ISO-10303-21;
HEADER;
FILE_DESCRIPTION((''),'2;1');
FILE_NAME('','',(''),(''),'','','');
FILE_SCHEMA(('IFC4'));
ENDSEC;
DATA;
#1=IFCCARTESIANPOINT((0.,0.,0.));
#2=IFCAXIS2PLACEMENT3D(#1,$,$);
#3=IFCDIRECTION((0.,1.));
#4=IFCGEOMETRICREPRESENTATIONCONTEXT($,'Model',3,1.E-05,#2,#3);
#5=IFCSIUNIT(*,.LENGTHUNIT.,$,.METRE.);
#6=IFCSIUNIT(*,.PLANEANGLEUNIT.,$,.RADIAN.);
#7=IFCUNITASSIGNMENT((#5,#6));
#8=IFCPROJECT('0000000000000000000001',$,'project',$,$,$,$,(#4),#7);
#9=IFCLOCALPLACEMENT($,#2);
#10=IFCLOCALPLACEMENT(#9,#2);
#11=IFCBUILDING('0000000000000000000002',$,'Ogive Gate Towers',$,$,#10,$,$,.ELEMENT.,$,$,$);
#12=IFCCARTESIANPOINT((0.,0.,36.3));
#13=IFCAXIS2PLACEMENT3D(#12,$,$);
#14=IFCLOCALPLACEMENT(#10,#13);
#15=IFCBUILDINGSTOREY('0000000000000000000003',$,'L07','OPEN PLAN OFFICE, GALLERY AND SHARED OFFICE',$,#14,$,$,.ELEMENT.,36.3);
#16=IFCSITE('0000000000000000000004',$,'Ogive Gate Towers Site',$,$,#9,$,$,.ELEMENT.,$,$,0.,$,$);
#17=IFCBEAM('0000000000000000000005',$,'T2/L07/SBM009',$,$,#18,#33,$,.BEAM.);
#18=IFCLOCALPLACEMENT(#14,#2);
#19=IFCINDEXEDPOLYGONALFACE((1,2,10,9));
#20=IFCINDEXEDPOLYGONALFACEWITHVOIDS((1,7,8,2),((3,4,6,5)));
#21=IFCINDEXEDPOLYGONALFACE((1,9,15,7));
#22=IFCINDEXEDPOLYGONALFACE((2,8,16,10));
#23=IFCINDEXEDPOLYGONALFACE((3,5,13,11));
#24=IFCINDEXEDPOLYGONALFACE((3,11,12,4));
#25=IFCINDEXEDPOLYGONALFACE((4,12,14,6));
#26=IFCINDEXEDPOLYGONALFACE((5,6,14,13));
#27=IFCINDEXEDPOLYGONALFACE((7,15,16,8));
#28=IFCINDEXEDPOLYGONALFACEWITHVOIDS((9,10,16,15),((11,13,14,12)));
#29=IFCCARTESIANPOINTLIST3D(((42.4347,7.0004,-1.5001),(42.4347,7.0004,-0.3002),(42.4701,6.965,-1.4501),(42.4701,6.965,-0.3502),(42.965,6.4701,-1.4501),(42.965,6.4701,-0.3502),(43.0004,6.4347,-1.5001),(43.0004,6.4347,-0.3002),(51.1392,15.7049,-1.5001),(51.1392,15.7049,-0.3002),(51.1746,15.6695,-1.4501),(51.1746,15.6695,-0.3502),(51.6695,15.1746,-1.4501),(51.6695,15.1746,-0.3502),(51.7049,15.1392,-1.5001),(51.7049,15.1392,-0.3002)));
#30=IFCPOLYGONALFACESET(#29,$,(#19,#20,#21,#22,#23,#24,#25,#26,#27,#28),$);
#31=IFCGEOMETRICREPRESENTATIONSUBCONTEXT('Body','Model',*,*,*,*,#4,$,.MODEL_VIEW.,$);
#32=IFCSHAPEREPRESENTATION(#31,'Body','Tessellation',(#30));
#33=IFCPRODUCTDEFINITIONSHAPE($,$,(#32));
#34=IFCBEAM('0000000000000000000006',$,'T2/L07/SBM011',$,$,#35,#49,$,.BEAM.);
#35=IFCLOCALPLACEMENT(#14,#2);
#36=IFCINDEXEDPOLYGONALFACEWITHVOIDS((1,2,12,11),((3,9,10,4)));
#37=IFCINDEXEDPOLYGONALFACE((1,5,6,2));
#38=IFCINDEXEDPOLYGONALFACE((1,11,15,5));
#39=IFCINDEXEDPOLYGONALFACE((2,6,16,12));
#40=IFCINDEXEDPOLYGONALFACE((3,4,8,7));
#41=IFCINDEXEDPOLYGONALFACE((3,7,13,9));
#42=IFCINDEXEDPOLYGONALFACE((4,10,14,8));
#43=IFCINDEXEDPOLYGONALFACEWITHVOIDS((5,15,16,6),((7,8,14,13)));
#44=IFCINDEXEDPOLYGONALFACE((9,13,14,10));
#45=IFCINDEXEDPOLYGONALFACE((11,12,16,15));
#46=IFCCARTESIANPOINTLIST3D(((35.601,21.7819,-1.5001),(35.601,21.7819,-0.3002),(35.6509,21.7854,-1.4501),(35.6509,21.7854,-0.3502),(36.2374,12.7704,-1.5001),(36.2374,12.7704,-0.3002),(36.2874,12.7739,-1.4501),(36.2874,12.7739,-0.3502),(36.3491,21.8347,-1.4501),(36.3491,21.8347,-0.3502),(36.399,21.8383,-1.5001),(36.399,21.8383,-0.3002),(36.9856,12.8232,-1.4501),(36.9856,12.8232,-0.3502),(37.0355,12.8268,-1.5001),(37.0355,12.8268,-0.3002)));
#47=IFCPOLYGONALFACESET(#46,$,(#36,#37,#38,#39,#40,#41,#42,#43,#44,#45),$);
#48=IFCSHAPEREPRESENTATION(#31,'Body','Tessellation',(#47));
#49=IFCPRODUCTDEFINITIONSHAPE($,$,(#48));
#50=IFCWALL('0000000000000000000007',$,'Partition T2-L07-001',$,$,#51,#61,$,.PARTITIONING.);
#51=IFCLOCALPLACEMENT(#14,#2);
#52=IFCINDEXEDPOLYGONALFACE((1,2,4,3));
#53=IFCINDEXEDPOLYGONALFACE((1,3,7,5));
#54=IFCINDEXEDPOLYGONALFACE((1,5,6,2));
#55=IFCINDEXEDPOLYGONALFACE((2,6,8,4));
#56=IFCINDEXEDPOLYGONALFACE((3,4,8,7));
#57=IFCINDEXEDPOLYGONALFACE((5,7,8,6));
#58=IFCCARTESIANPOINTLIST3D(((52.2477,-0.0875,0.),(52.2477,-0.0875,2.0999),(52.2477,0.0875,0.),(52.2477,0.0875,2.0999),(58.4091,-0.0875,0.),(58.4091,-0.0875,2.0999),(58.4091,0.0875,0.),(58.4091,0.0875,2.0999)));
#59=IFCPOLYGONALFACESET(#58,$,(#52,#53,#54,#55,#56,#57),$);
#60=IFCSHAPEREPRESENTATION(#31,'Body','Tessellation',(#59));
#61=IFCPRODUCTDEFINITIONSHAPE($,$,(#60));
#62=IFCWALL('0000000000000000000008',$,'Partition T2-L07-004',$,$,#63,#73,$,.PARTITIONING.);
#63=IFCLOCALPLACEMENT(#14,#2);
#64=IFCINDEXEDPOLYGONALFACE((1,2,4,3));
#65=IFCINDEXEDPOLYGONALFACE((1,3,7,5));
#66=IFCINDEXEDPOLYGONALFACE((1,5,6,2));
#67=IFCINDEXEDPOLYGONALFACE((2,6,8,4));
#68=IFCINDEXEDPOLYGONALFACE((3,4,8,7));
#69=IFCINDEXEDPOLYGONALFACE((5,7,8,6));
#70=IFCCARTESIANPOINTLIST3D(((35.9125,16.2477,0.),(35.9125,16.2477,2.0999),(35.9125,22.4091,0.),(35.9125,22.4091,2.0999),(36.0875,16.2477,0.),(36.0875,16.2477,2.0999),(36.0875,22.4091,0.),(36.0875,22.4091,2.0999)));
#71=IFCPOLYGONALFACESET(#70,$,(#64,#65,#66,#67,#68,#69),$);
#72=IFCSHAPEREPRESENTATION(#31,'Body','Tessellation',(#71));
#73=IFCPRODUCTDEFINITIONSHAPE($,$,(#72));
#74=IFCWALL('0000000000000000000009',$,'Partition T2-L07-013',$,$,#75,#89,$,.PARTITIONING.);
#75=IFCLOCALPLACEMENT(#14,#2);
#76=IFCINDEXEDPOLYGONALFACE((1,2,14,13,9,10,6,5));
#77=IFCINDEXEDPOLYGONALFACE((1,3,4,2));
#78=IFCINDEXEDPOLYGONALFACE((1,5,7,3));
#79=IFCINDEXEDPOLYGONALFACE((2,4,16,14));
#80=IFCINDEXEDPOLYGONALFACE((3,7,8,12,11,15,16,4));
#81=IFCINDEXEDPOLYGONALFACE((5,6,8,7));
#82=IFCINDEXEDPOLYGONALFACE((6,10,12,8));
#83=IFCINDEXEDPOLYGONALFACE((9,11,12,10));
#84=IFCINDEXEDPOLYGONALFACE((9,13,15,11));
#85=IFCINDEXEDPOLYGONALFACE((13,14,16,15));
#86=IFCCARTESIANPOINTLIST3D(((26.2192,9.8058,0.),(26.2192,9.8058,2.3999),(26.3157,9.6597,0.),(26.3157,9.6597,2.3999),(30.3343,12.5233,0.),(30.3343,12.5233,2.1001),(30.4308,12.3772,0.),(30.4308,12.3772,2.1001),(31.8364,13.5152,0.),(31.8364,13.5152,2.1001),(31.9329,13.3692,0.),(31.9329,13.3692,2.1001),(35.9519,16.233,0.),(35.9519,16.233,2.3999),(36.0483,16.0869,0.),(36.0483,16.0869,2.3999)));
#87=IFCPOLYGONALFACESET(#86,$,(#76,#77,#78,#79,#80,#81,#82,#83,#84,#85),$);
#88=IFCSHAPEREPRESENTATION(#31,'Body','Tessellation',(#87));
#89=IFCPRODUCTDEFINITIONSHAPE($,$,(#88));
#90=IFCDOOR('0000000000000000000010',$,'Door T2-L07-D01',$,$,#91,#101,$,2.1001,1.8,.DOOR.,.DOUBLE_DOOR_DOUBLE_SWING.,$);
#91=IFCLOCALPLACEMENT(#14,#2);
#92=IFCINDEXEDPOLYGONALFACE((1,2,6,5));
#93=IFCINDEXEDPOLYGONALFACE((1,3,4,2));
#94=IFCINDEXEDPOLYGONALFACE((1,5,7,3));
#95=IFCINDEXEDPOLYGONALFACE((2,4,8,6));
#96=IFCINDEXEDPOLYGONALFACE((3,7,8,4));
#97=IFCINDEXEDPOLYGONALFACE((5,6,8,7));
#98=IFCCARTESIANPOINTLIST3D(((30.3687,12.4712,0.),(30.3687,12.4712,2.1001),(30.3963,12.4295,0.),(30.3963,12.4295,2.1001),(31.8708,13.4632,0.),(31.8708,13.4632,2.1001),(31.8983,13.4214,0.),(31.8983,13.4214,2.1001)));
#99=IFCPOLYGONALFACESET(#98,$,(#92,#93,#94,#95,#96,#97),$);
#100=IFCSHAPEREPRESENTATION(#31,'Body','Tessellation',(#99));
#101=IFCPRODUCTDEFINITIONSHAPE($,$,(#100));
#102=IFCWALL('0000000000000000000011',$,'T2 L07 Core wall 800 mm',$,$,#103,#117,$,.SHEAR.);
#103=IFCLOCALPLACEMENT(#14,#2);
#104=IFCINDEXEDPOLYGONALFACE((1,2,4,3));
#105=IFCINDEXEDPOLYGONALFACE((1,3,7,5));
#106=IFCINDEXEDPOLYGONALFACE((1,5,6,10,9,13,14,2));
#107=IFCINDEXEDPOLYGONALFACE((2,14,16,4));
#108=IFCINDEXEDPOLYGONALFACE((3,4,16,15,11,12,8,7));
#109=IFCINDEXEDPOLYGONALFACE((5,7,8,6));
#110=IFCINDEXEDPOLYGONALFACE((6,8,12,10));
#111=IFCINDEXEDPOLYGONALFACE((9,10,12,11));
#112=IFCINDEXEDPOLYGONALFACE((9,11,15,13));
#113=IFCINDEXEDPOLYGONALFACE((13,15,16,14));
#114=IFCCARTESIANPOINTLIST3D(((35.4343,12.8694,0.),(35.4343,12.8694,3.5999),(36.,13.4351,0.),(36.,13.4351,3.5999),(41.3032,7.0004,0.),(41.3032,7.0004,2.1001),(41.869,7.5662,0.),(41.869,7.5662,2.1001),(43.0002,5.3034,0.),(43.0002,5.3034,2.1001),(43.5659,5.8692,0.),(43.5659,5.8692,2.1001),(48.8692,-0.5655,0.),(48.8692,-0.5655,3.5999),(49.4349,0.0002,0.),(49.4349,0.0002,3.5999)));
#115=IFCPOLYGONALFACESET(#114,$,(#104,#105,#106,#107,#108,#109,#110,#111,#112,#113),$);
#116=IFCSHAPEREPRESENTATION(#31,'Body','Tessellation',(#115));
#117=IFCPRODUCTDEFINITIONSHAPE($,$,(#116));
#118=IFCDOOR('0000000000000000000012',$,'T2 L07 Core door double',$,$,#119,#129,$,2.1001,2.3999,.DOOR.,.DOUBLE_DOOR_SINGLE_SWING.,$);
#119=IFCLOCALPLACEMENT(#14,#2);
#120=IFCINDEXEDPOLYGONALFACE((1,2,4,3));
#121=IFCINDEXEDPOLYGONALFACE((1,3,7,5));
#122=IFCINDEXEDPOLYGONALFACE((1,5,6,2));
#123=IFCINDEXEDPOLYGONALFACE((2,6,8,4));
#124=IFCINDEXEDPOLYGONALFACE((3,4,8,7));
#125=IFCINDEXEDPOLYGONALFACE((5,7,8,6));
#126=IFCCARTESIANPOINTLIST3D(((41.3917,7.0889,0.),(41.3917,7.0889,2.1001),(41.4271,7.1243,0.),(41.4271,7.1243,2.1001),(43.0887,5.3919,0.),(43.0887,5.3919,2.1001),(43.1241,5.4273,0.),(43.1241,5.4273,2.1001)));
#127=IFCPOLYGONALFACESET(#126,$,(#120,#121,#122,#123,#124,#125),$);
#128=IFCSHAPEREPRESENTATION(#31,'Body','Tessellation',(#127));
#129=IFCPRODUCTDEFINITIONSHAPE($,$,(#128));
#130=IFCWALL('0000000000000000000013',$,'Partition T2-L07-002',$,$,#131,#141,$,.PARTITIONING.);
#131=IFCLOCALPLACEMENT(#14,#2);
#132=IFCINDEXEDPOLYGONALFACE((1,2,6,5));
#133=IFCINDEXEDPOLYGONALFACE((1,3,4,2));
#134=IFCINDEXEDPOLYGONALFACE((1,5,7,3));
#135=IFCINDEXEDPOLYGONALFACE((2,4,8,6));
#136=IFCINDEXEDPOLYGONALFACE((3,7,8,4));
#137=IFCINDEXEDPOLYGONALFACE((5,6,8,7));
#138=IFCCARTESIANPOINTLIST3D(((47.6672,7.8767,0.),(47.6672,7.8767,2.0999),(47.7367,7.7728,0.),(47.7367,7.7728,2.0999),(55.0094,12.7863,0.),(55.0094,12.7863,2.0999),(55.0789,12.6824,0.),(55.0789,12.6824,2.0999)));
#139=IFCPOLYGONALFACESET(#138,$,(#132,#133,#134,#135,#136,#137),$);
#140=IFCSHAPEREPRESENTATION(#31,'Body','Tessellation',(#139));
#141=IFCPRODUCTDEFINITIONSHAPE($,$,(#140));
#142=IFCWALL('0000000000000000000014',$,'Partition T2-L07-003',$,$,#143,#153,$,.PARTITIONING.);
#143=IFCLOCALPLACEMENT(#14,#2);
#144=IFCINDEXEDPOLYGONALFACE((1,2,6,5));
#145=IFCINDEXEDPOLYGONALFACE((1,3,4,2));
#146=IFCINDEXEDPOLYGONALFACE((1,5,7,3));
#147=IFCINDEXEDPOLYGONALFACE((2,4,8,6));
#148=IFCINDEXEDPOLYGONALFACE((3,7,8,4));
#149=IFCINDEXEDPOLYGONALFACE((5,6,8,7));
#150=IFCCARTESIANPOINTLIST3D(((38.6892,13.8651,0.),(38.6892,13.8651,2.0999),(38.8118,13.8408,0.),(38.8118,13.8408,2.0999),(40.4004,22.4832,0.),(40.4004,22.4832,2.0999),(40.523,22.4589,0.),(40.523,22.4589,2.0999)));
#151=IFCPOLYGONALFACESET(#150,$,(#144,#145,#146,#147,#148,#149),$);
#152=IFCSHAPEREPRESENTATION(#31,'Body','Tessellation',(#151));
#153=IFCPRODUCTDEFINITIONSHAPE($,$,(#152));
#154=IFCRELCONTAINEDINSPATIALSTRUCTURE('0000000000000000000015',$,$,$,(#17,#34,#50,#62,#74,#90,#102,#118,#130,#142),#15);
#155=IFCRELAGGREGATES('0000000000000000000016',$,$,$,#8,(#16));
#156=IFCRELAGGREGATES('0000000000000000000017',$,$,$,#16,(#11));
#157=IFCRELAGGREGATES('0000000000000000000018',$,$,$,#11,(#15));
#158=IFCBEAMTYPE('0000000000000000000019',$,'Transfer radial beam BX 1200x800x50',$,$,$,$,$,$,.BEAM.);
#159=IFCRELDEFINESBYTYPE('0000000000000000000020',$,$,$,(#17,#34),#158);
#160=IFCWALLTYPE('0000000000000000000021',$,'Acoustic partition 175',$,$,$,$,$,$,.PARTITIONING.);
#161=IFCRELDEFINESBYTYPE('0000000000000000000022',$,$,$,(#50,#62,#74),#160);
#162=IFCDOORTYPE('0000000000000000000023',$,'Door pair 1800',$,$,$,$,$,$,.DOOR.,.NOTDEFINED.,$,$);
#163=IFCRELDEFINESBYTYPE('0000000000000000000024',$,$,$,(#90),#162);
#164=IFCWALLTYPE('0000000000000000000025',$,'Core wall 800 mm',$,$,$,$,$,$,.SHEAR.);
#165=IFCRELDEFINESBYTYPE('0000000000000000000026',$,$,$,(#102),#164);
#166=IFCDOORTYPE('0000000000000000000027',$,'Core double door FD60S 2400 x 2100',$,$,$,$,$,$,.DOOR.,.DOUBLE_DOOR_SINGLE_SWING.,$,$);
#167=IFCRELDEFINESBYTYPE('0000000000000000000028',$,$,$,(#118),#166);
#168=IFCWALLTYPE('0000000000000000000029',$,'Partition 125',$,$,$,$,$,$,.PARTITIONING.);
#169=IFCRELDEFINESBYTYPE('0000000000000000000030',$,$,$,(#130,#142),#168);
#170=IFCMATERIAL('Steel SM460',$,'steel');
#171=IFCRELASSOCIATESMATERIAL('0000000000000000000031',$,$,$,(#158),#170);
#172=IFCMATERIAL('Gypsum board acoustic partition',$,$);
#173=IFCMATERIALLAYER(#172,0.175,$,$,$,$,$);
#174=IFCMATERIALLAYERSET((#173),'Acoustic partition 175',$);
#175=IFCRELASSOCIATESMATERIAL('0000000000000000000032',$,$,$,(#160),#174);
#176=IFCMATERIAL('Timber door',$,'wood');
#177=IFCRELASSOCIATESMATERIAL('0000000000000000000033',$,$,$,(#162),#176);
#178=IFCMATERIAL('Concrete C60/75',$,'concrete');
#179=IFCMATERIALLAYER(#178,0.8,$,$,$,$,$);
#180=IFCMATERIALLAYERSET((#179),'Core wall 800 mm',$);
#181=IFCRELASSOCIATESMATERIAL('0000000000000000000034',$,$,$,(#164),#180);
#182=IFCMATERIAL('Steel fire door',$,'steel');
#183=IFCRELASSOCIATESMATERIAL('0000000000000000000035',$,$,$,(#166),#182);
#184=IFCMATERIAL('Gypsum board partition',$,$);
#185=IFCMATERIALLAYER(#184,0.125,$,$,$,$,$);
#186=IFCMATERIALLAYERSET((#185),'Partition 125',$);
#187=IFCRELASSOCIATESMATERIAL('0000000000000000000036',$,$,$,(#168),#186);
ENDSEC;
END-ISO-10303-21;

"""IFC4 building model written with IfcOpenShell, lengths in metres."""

from ifc_helpers import new_model, si_unit, direction, frame, frame_2d, origin, origin_2d, place, context, subcontext, project, spatial, rectangle, hollow_rectangle, extrude, material, layer, layer_set, material_profile, profile_set, type_object, element, fill, save


model = new_model("IFC4")

# Units and contexts
model_context = context("Model", 3, precision=1e-05, world=origin(), true_north=direction((0.0, 1.0)))
body_context = subcontext(model_context, "Body", "Model", "MODEL_VIEW")
ifc_project = project(units=[si_unit("LENGTHUNIT", "METRE"), si_unit("PLANEANGLEUNIT", "RADIAN")], contexts=[model_context])

# Site, building, storey
site_placement = place(None, origin())
site = spatial("IfcSite", under=ifc_project, at=site_placement, Name="Ogive Gate Towers Site", CompositionType="ELEMENT", RefElevation=0.0)
building_placement = place(site_placement, origin())
building = spatial("IfcBuilding", under=site, at=building_placement, Name="Ogive Gate Towers", CompositionType="ELEMENT")
storey_placement = place(building_placement, frame((0.0, 0.0, 36.3)))
storey = spatial("IfcBuildingStorey", under=building, at=storey_placement, Name="L07", Description="OPEN PLAN OFFICE, GALLERY AND SHARED OFFICE", CompositionType="ELEMENT", Elevation=36.3)

# Shared definitions
ifc_material_1 = material(Name="Steel SM460", Category="steel")

# Beams
ifc_material_profile_1 = material_profile(ifc_material_1, hollow_rectangle(XDim=0.8, YDim=1.2, WallThickness=0.05, at=origin_2d()), Name="BX 1200x800x50")
ifc_profile_set_1 = profile_set([ifc_material_profile_1], Name="Steel SM460")
beam_type_1 = type_object("IfcBeamType", Name="Transfer radial beam BX 1200x800x50", PredefinedType="BEAM", material=ifc_profile_set_1)
beam_1_placement = place(storey_placement, frame((42.7175, 6.7175, -0.9001), z_axis=(0.707107, 0.707107, 0.0), x_axis=(-0.707107, 0.707107, 0.0)))
element("IfcBeam", 1, at=beam_1_placement, inside=storey, type_object=beam_type_1, Name="T2/L07/SBM009", PredefinedType="BEAM", context=body_context, shape_type="SweptSolid", body=[
    extrude(hollow_rectangle(XDim=0.8, YDim=1.2, WallThickness=0.05, at=origin_2d()), origin(), (0.0, 0.0, 1.0), 12.3101),
])
beam_2_placement = place(storey_placement, frame((36.6365, 12.7986, -0.9001), z_axis=(-0.070454, 0.997515, 0.0), x_axis=(-0.997515, -0.070454, 0.0)))
element("IfcBeam", 2, at=beam_2_placement, inside=storey, type_object=beam_type_1, Name="T2/L07/SBM011", PredefinedType="BEAM", context=body_context, shape_type="SweptSolid", body=[
    extrude(hollow_rectangle(XDim=0.8, YDim=1.2, WallThickness=0.05, at=origin_2d()), origin(), (0.0, 0.0, 1.0), 9.0339),
])

# Walls
ifc_material_2 = material(Name="Gypsum board acoustic partition")
ifc_layer_1 = layer(ifc_material_2, 0.175)
ifc_layer_set_1 = layer_set([ifc_layer_1], Name="Acoustic partition 175")
wall_type_1 = type_object("IfcWallType", Name="Acoustic partition 175", PredefinedType="PARTITIONING", material=ifc_layer_set_1)
for number, where, z_axis, x_axis, name in (
    (3, (58.4089, 0.0, 0.0), (0.0, 0.0, 1.0), (-1.0, 0.0, 0.0), "Partition T2-L07-001"),
    (4, (36.0, 22.4089, 0.0), (0.0, 0.0, 1.0), (0.0, -1.0, 0.0), "Partition T2-L07-004"),
):
    element("IfcWall", number, at=place(storey_placement, frame(where, z_axis=z_axis, x_axis=x_axis)), inside=storey, type_object=wall_type_1, Name=name, PredefinedType="PARTITIONING", context=body_context, shape_type="SweptSolid", body=[
        extrude(rectangle(XDim=6.1614, YDim=0.175, at=frame_2d((3.0806, 0.0))), origin(), (0.0, 0.0, 1.0), 2.0999),
    ])

# Walls, openings, doors
wall_1_placement = place(storey_placement, frame((36.0, 16.1599, 0.0), z_axis=(0.0, 0.0, 1.0), x_axis=(-0.834464, -0.551062, 0.0)))
wall_1 = element("IfcWall", 5, at=wall_1_placement, inside=storey, type_object=wall_type_1, Name="Partition T2-L07-013", PredefinedType="PARTITIONING", context=body_context, shape_type="SweptSolid", body=[
    extrude(rectangle(XDim=11.6633, YDim=0.175, at=frame_2d((5.8315, 0.0))), origin(), (0.0, 0.0, 1.0), 2.3999),
])
opening_1_placement = place(wall_1_placement, frame((4.9319, 0.0, 0.0)))
opening_1 = element("IfcOpeningElement", 6, at=opening_1_placement, cuts=wall_1, PredefinedType="OPENING", context=body_context, shape_type="SweptSolid", body=[
    extrude(rectangle(XDim=1.8, YDim=2.1001, at=frame_2d((0.8999, 1.05))), frame((0.0, 0.0977, 0.0), z_axis=(0.0, -1.0, 0.0), x_axis=(1.0, 0.0, 0.0)), (0.0, 0.0, 1.0), 0.1951),
])
ifc_material_3 = material(Name="Timber door", Category="wood")
door_type_1 = type_object("IfcDoorType", Name="Door pair 1800", OperationType="NOTDEFINED", PredefinedType="DOOR", material=ifc_material_3)
door_1_placement = place(opening_1_placement, origin())
door_1 = element("IfcDoor", 7, at=door_1_placement, inside=storey, type_object=door_type_1, Name="Door T2-L07-D01", OperationType="DOUBLE_DOOR_DOUBLE_SWING", OverallHeight=2.1001, OverallWidth=1.8, PredefinedType="DOOR", context=body_context, shape_type="SweptSolid", body=[
    extrude(rectangle(XDim=1.8, YDim=2.1001, at=frame_2d((0.8999, 1.05))), frame((0.0, 0.0249, 0.0), z_axis=(0.0, -1.0, 0.0), x_axis=(1.0, 0.0, 0.0)), (0.0, 0.0, 1.0), 0.05),
])
fill(opening_1, door_1)
ifc_material_4 = material(Name="Concrete C60/75", Category="concrete")
ifc_layer_2 = layer(ifc_material_4, 0.8)
ifc_layer_set_2 = layer_set([ifc_layer_2], Name="Core wall 800 mm")
wall_type_2 = type_object("IfcWallType", Name="Core wall 800 mm", PredefinedType="SHEAR", material=ifc_layer_set_2)
wall_2_placement = place(storey_placement, frame((49.1521, -0.2827, 0.0), z_axis=(0.0, 0.0, 1.0), x_axis=(-0.707107, 0.707107, 0.0)))
wall_2 = element("IfcWall", 8, at=wall_2_placement, inside=storey, type_object=wall_type_2, Name="T2 L07 Core wall 800 mm", PredefinedType="SHEAR", context=body_context, shape_type="SweptSolid", body=[
    extrude(rectangle(XDim=18.9998, YDim=0.8, at=frame_2d((9.5, 0.0))), origin(), (0.0, 0.0, 1.0), 3.5999),
])
opening_2_placement = place(wall_2_placement, frame((8.3, 0.0, 0.0)))
opening_2 = element("IfcOpeningElement", 9, at=opening_2_placement, cuts=wall_2, PredefinedType="OPENING", context=body_context, shape_type="SweptSolid", body=[
    extrude(rectangle(XDim=2.3999, YDim=2.1001, at=frame_2d((1.2, 1.05))), frame((0.0, 0.4102, 0.0), z_axis=(0.0, -1.0, 0.0), x_axis=(1.0, 0.0, 0.0)), (0.0, 0.0, 1.0), 0.8201),
])
ifc_material_5 = material(Name="Steel fire door", Category="steel")
door_type_2 = type_object("IfcDoorType", Name="Core double door FD60S 2400 x 2100", OperationType="DOUBLE_DOOR_SINGLE_SWING", PredefinedType="DOOR", material=ifc_material_5)
door_2_placement = place(opening_2_placement, origin())
door_2 = element("IfcDoor", 10, at=door_2_placement, inside=storey, type_object=door_type_2, Name="T2 L07 Core door double", OperationType="DOUBLE_DOOR_SINGLE_SWING", OverallHeight=2.1001, OverallWidth=2.3999, PredefinedType="DOOR", context=body_context, shape_type="SweptSolid", body=[
    extrude(rectangle(XDim=2.3999, YDim=2.1001, at=frame_2d((1.2, 1.05))), frame((0.0, 0.2749, 0.0), z_axis=(0.0, -1.0, 0.0), x_axis=(1.0, 0.0, 0.0)), (0.0, 0.0, 1.0), 0.05),
])
fill(opening_2, door_2)

# Walls
ifc_material_6 = material(Name="Gypsum board partition")
ifc_layer_3 = layer(ifc_material_6, 0.125)
ifc_layer_set_3 = layer_set([ifc_layer_3], Name="Partition 125")
wall_type_3 = type_object("IfcWallType", Name="Partition 125", PredefinedType="PARTITIONING", material=ifc_layer_set_3)
wall_3_placement = place(storey_placement, frame((55.0442, 12.7344, 0.0), z_axis=(0.0, 0.0, 1.0), x_axis=(-0.831276, -0.555861, 0.0)))
element("IfcWall", 11, at=wall_3_placement, inside=storey, type_object=wall_type_3, Name="Partition T2-L07-002", PredefinedType="PARTITIONING", context=body_context, shape_type="SweptSolid", body=[
    extrude(rectangle(XDim=8.8325, YDim=0.125, at=frame_2d((4.4163, 0.0))), origin(), (0.0, 0.0, 1.0), 2.0999),
])
wall_4_placement = place(storey_placement, frame((40.4617, 22.4709, 0.0), z_axis=(0.0, 0.0, 1.0), x_axis=(-0.194753, -0.980852, 0.0)))
element("IfcWall", 12, at=wall_4_placement, inside=storey, type_object=wall_type_3, Name="Partition T2-L07-003", PredefinedType="PARTITIONING", context=body_context, shape_type="SweptSolid", body=[
    extrude(rectangle(XDim=8.7864, YDim=0.125, at=frame_2d((4.3931, 0.0))), origin(), (0.0, 0.0, 1.0), 2.0999),
])

save(model, "model.ifc")
